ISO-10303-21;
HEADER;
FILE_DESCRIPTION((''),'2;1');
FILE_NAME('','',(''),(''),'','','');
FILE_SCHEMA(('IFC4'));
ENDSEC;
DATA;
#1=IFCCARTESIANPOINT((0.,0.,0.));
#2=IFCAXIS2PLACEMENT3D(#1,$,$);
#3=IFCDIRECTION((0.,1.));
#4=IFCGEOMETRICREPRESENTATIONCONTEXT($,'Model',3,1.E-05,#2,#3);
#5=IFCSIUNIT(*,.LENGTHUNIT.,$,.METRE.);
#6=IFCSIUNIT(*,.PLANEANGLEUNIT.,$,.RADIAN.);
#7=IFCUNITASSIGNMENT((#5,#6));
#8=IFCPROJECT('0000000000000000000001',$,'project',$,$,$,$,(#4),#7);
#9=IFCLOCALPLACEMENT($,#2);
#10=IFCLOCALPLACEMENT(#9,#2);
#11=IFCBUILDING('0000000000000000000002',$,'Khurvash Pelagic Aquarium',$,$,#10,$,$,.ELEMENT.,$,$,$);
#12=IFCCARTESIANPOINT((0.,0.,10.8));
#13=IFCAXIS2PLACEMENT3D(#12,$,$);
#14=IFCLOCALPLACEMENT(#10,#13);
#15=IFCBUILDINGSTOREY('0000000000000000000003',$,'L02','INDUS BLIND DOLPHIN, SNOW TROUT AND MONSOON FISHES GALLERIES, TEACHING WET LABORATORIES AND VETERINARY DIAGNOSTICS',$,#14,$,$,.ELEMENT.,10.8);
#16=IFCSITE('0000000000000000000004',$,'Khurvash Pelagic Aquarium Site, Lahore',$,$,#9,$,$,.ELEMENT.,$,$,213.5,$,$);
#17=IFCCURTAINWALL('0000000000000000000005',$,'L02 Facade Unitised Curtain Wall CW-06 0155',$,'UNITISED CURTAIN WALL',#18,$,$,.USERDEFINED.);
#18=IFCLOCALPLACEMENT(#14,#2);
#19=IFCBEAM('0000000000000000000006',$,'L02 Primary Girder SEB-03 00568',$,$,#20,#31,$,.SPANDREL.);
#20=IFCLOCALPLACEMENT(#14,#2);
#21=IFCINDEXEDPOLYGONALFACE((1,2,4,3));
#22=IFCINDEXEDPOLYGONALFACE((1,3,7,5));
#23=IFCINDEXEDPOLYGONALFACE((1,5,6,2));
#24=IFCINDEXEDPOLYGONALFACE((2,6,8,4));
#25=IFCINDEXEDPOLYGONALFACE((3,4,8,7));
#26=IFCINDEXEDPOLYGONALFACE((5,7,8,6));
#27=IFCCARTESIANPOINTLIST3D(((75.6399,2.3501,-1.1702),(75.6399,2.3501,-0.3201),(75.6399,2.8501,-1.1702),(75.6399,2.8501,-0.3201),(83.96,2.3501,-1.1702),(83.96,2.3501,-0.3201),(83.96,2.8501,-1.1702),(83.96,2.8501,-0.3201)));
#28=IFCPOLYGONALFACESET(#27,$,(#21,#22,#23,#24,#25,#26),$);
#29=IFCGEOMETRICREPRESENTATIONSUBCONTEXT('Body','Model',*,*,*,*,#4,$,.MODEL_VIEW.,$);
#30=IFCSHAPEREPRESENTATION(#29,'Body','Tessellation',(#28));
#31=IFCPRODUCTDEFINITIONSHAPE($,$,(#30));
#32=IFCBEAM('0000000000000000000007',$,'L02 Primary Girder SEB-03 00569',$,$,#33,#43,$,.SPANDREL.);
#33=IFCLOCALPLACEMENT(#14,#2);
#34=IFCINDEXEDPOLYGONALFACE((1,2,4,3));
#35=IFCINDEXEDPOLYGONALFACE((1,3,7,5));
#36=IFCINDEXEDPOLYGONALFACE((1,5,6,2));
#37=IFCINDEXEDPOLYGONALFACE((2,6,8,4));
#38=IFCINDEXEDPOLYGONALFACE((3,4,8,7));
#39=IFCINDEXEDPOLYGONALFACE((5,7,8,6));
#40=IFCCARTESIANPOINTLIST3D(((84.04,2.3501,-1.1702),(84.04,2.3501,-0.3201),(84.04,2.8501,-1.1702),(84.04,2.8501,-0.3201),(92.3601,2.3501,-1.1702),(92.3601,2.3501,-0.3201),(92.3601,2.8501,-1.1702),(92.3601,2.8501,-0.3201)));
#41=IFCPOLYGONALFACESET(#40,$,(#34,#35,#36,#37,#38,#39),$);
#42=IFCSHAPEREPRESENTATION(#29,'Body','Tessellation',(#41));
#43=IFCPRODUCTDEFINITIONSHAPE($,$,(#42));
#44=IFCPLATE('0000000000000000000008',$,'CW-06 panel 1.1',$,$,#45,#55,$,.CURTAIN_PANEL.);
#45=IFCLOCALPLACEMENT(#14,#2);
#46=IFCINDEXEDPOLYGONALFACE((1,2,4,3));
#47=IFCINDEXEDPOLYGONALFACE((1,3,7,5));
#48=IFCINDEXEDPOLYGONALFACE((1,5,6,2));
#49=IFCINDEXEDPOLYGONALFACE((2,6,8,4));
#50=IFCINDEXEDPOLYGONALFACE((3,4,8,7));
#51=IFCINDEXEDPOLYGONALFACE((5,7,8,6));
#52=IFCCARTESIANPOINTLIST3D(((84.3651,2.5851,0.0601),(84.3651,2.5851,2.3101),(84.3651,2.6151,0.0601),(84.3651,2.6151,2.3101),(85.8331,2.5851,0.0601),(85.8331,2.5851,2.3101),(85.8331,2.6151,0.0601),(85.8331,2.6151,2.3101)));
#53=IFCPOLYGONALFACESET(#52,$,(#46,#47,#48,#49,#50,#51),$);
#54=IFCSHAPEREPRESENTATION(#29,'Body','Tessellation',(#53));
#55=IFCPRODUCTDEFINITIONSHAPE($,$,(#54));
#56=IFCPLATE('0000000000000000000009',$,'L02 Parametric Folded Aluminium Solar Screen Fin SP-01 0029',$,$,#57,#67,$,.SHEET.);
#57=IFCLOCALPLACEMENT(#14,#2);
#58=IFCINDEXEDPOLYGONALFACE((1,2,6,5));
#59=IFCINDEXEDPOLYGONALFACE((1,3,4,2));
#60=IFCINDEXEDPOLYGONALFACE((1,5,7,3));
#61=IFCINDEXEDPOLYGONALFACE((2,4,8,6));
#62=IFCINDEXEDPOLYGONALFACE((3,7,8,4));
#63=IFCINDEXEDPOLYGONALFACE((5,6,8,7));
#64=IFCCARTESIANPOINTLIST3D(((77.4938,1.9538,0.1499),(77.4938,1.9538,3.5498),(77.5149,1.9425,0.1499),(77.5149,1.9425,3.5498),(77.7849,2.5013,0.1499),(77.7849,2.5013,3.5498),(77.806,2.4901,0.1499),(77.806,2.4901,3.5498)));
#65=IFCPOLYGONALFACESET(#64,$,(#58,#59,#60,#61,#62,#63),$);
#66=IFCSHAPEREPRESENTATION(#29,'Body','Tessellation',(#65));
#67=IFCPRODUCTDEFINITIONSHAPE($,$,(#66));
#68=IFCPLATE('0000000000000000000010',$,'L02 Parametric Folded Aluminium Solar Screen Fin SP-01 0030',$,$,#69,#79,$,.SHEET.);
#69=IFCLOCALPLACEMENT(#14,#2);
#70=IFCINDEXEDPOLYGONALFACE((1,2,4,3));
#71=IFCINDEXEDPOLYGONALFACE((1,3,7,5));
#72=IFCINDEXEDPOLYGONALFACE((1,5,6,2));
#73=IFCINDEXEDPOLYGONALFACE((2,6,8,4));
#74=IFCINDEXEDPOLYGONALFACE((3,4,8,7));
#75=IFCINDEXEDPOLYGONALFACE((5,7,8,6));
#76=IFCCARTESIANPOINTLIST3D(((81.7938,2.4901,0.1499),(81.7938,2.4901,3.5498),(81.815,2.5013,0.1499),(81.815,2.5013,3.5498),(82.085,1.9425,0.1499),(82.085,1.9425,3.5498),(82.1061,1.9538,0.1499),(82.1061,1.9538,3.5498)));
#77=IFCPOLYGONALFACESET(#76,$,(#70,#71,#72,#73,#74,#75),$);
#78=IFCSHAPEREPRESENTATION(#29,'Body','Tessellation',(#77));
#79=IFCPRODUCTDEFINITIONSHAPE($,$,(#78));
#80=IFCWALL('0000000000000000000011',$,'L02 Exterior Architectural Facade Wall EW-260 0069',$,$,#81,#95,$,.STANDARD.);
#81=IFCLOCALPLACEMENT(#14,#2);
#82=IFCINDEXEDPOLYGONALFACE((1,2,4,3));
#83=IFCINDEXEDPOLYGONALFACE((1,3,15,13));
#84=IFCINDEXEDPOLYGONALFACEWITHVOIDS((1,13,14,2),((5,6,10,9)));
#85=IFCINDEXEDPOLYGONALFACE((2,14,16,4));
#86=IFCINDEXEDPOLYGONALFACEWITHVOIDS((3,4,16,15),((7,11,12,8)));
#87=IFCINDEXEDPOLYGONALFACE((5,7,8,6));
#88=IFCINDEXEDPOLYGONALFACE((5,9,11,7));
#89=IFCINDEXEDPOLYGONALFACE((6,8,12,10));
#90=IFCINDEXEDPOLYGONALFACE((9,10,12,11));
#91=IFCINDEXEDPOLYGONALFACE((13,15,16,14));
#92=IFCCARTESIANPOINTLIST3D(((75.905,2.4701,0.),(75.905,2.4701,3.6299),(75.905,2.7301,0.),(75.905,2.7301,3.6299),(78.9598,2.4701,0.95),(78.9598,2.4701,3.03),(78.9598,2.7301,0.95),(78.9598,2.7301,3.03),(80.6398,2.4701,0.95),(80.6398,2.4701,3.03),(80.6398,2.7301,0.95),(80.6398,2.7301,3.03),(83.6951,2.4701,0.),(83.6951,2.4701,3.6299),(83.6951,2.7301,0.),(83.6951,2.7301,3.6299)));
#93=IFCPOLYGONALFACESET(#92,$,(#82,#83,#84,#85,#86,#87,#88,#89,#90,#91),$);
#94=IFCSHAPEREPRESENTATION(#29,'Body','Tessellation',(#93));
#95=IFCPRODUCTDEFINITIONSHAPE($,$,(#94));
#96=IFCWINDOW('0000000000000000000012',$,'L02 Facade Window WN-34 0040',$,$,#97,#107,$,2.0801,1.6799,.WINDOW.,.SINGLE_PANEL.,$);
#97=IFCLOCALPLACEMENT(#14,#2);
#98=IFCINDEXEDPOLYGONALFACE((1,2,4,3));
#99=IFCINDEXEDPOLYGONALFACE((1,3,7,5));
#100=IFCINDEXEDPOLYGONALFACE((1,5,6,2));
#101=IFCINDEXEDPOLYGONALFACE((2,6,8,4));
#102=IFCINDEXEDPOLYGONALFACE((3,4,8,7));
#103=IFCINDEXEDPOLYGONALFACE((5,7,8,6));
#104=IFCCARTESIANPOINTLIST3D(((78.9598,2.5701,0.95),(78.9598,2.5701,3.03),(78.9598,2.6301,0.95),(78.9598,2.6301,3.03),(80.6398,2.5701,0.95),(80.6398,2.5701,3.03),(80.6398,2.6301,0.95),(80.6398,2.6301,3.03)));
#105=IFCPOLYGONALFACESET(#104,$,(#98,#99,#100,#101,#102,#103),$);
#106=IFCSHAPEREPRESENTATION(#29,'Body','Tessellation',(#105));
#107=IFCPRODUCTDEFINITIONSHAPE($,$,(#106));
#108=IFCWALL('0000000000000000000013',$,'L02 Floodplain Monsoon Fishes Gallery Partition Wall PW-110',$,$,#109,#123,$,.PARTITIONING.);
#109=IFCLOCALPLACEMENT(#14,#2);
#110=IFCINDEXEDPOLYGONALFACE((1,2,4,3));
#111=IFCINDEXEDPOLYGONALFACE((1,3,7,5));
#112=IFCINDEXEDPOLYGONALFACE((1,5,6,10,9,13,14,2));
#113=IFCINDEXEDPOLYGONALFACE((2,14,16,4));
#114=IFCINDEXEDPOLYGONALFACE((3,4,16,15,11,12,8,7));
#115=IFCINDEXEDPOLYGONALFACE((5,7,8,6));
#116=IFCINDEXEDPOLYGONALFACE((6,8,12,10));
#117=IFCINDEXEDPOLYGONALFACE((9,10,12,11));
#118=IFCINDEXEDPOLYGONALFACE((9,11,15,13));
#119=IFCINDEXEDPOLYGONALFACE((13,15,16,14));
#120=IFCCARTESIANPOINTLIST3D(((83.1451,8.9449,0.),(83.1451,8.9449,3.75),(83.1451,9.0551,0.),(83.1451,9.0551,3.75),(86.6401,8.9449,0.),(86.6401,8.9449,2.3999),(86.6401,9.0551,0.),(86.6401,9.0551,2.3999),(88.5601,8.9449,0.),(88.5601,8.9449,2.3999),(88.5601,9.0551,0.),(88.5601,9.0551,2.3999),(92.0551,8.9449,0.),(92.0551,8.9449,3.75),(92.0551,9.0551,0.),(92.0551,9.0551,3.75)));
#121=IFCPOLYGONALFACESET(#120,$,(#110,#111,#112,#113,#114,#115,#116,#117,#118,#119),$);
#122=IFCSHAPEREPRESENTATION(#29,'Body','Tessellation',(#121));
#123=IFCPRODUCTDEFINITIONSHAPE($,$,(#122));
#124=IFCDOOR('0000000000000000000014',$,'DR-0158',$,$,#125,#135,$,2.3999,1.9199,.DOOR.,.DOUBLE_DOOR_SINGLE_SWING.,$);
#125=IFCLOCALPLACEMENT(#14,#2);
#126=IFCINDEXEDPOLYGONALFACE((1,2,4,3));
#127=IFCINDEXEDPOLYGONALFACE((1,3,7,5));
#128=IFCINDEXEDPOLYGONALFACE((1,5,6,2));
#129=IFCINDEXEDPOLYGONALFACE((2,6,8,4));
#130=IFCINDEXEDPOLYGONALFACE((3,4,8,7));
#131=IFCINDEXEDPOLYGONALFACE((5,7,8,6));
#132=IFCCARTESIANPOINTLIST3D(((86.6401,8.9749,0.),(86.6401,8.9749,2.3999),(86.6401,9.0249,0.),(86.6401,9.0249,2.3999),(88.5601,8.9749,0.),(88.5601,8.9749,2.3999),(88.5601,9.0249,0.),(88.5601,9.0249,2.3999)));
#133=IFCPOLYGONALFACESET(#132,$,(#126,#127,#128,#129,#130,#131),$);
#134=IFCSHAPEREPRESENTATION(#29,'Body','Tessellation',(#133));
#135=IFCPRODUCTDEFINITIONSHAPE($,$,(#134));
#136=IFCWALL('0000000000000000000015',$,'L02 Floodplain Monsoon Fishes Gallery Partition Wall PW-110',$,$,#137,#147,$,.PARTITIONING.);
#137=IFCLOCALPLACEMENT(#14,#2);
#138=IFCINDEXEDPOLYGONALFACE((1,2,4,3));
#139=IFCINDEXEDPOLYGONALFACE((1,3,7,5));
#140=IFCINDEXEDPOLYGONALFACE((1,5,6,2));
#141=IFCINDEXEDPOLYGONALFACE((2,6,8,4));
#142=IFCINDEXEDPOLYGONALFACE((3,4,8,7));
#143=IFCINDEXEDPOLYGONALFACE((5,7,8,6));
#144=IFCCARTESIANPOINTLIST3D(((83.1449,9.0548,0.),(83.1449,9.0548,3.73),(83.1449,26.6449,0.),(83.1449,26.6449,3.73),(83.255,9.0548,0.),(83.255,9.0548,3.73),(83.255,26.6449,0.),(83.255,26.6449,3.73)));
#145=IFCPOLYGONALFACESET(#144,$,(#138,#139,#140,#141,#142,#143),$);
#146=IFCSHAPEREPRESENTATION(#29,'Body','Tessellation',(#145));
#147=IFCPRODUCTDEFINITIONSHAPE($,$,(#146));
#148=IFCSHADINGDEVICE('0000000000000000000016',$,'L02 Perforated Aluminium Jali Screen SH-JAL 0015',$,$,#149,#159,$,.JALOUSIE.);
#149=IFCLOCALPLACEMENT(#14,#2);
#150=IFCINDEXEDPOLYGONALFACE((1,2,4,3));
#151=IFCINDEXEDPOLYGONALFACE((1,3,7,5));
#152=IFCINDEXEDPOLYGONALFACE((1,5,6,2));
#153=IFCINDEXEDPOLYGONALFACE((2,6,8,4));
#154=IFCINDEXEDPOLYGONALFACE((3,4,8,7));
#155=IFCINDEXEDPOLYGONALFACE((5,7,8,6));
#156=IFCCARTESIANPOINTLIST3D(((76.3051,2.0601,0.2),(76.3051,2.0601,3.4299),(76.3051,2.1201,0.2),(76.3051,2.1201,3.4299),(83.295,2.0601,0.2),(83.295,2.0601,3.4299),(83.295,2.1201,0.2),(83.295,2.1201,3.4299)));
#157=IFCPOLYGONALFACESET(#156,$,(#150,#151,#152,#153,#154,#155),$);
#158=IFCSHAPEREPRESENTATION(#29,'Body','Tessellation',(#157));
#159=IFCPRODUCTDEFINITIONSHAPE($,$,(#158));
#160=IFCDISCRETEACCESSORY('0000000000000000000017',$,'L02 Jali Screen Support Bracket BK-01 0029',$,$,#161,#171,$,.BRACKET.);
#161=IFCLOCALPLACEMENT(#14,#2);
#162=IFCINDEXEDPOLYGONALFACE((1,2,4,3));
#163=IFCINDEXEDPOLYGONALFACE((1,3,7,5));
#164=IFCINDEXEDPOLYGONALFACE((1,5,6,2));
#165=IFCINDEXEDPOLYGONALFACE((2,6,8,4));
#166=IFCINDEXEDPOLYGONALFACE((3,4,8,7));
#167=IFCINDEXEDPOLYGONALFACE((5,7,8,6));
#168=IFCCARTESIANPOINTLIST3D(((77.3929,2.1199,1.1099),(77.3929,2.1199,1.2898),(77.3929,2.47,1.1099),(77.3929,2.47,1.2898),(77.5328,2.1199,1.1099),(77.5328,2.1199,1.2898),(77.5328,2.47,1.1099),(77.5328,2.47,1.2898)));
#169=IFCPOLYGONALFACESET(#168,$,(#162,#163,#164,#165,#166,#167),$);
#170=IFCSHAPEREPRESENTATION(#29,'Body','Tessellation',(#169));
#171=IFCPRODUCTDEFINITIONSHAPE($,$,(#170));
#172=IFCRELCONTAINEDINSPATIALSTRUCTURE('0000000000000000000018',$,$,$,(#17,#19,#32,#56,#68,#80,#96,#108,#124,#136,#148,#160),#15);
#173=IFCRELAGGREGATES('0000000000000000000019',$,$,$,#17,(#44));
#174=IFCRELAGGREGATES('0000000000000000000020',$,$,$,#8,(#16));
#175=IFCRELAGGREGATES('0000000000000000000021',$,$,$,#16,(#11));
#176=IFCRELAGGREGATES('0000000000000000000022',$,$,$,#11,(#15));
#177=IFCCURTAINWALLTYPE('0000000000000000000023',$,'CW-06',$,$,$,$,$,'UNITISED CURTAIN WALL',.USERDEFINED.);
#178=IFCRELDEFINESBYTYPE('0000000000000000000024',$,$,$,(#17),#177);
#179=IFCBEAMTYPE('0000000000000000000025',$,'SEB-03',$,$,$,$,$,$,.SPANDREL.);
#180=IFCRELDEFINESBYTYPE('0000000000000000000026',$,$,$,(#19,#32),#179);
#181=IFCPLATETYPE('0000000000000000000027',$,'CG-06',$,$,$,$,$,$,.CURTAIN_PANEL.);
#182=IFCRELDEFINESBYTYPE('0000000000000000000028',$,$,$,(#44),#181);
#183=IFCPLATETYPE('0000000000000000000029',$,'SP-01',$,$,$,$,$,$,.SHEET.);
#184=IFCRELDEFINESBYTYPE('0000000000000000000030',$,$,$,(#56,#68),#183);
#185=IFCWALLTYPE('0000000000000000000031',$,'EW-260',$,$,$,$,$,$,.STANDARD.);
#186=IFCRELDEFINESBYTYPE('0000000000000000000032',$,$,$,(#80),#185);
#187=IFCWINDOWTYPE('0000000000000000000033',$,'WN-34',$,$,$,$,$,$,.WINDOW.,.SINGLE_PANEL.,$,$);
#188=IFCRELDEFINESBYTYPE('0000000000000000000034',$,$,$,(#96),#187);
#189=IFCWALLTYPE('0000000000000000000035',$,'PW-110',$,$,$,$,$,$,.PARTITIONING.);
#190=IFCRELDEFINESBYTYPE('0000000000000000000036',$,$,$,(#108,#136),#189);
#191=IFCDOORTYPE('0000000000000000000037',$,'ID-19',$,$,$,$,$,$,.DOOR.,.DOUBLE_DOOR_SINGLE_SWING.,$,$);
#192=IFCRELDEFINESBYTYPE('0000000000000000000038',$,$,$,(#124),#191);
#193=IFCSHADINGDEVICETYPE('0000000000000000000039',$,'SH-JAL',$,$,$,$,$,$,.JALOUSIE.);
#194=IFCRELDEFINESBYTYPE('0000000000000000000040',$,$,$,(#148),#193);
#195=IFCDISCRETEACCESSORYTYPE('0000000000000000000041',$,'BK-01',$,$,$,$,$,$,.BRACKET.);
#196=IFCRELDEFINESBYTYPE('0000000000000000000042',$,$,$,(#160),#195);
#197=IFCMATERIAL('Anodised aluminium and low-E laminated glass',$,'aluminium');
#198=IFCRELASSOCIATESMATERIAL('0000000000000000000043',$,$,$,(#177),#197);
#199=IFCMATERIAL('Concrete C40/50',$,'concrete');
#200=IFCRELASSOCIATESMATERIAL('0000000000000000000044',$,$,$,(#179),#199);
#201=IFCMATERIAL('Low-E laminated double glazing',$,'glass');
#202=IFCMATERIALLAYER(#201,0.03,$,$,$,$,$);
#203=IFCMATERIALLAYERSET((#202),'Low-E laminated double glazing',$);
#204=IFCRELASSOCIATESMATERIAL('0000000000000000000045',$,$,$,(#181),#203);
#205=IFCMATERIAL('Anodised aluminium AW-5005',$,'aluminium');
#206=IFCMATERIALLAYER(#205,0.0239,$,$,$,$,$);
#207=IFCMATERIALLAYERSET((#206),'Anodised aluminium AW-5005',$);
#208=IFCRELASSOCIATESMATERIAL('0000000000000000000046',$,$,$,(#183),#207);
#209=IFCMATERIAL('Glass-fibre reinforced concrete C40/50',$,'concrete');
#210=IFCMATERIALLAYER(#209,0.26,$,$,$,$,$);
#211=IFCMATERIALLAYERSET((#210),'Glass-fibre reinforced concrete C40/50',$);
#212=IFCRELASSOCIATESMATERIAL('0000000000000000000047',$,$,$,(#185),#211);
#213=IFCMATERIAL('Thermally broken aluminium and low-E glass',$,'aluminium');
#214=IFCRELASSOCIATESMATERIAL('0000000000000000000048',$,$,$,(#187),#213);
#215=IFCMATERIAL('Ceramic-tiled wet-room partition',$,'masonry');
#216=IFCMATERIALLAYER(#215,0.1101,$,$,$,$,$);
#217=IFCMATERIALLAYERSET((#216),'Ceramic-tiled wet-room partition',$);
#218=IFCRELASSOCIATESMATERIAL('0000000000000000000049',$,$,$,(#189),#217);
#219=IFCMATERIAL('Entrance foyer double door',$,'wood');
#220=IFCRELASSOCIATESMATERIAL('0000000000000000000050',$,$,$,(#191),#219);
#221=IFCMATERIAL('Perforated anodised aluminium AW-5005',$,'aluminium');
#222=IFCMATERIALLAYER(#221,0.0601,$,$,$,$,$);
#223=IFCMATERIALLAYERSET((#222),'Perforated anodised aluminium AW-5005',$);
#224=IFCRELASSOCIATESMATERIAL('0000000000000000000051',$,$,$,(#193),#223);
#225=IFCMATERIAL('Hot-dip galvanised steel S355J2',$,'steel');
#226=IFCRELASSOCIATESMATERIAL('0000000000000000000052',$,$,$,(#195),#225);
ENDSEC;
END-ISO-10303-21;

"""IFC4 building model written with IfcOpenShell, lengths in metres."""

from ifc_helpers import new_model, si_unit, direction, frame, frame_2d, origin, origin_2d, place, context, subcontext, project, spatial, rectangle, extrude, material, layer, layer_set, material_profile, profile_set, type_object, element, fill, aggregate, save


model = new_model("IFC4")

# Units and contexts
model_context = context("Model", 3, precision=1e-05, world=origin(), true_north=direction((0.0, 1.0)))
body_context = subcontext(model_context, "Body", "Model", "MODEL_VIEW")
ifc_project = project(units=[si_unit("LENGTHUNIT", "METRE"), si_unit("PLANEANGLEUNIT", "RADIAN")], contexts=[model_context])

# Site, building, storey
site_placement = place(None, origin())
site = spatial("IfcSite", under=ifc_project, at=site_placement, Name="Khurvash Pelagic Aquarium Site, Lahore", CompositionType="ELEMENT", RefElevation=213.5)
building_placement = place(site_placement, origin())
building = spatial("IfcBuilding", under=site, at=building_placement, Name="Khurvash Pelagic Aquarium", CompositionType="ELEMENT")
storey_placement = place(building_placement, frame((0.0, 0.0, 10.8)))
storey = spatial("IfcBuildingStorey", under=building, at=storey_placement, Name="L02", Description="INDUS BLIND DOLPHIN, SNOW TROUT AND MONSOON FISHES GALLERIES, TEACHING WET LABORATORIES AND VETERINARY DIAGNOSTICS", CompositionType="ELEMENT", Elevation=10.8)

# Shared definitions
ifc_material_1 = material(Name="Concrete C40/50", Category="concrete")

# Shared definitions
ifc_material_2 = material(Name="Anodised aluminium and low-E laminated glass", Category="aluminium")
curtain_wall_type = type_object("IfcCurtainWallType", Name="CW-06", ElementType="UNITISED CURTAIN WALL", PredefinedType="USERDEFINED", material=ifc_material_2)

# Curtain wall
curtain_wall_1_placement = place(storey_placement, origin())
curtain_wall_1 = element("IfcCurtainWall", 1, at=curtain_wall_1_placement, inside=storey, type_object=curtain_wall_type, Name="L02 Facade Unitised Curtain Wall CW-06 0155", ObjectType="UNITISED CURTAIN WALL", PredefinedType="USERDEFINED")

# Beams
ifc_material_profile_1 = material_profile(ifc_material_1, rectangle(XDim=0.5, YDim=0.8501, at=origin_2d()), Name="RC500X850")
ifc_profile_set_1 = profile_set([ifc_material_profile_1], Name="Concrete C40/50")
beam_type_1 = type_object("IfcBeamType", Name="SEB-03", PredefinedType="SPANDREL", material=ifc_profile_set_1)
for number, where, z_axis, x_axis, name in (
    (2, (75.6399, 2.6001, -0.7451), (1.0, 0.0, 0.0), (0.0, 1.0, 0.0), "L02 Primary Girder SEB-03 00568"),
    (3, (84.04, 2.6001, -0.7451), (1.0, 0.0, 0.0), (0.0, 1.0, 0.0), "L02 Primary Girder SEB-03 00569"),
):
    element("IfcBeam", number, at=place(storey_placement, frame(where, z_axis=z_axis, x_axis=x_axis)), inside=storey, type_object=beam_type_1, Name=name, PredefinedType="SPANDREL", context=body_context, shape_type="SweptSolid", body=[
        extrude(rectangle(XDim=0.5, YDim=0.8501, at=origin_2d()), origin(), (0.0, 0.0, 1.0), 8.3201),
    ])

# Plate
ifc_material_3 = material(Name="Low-E laminated double glazing", Category="glass")
ifc_layer_1 = layer(ifc_material_3, 0.03)
ifc_layer_set_1 = layer_set([ifc_layer_1], Name="Low-E laminated double glazing")
plate_type_1 = type_object("IfcPlateType", Name="CG-06", PredefinedType="CURTAIN_PANEL", material=ifc_layer_set_1)
plate_placement = place(storey_placement, frame((85.0991, 2.6001, 0.0601), z_axis=(0.0, 0.0, 1.0), x_axis=(1.0, 0.0, 0.0)))
plate = element("IfcPlate", 4, at=plate_placement, type_object=plate_type_1, Name="CW-06 panel 1.1", PredefinedType="CURTAIN_PANEL", context=body_context, shape_type="SweptSolid", body=[
    extrude(rectangle(XDim=1.468, YDim=0.03, at=origin_2d()), origin(), (0.0, 0.0, 1.0), 2.25),
])
aggregate(curtain_wall_1, [plate])

# Plates
ifc_material_4 = material(Name="Anodised aluminium AW-5005", Category="aluminium")
ifc_layer_2 = layer(ifc_material_4, 0.0239)
ifc_layer_set_2 = layer_set([ifc_layer_2], Name="Anodised aluminium AW-5005")
plate_type_2 = type_object("IfcPlateType", Name="SP-01", PredefinedType="SHEET", material=ifc_layer_set_2)
for number, where, z_axis, x_axis, name in (
    (5, (77.6499, 2.2219, 0.1499), (0.0, 0.0, 1.0), (-0.469472, -0.882948, 0.0), "L02 Parametric Folded Aluminium Solar Screen Fin SP-01 0029"),
    (6, (81.95, 2.2219, 0.1499), (0.0, 0.0, 1.0), (0.469472, -0.882948, 0.0), "L02 Parametric Folded Aluminium Solar Screen Fin SP-01 0030"),
):
    element("IfcPlate", number, at=place(storey_placement, frame(where, z_axis=z_axis, x_axis=x_axis)), inside=storey, type_object=plate_type_2, Name=name, PredefinedType="SHEET", context=body_context, shape_type="SweptSolid", body=[
        extrude(rectangle(XDim=0.6201, YDim=0.0239, at=origin_2d()), origin(), (0.0, 0.0, 1.0), 3.3999),
    ])

# Wall, opening, window
ifc_material_5 = material(Name="Glass-fibre reinforced concrete C40/50", Category="concrete")
ifc_layer_3 = layer(ifc_material_5, 0.26)
ifc_layer_set_3 = layer_set([ifc_layer_3], Name="Glass-fibre reinforced concrete C40/50")
wall_type_1 = type_object("IfcWallType", Name="EW-260", PredefinedType="STANDARD", material=ifc_layer_set_3)
wall_1_placement = place(storey_placement, frame((75.905, 2.6001, 0.0), z_axis=(0.0, 0.0, 1.0), x_axis=(1.0, 0.0, 0.0)))
wall_1 = element("IfcWall", 7, at=wall_1_placement, inside=storey, type_object=wall_type_1, Name="L02 Exterior Architectural Facade Wall EW-260 0069", PredefinedType="STANDARD", context=body_context, shape_type="SweptSolid", body=[
    extrude(rectangle(XDim=7.79, YDim=0.26, at=frame_2d((3.895, 0.0))), origin(), (0.0, 0.0, 1.0), 3.6299),
])
opening_1_placement = place(wall_1_placement, frame((3.0549, 0.0, 0.95)))
opening_1 = element("IfcOpeningElement", 8, at=opening_1_placement, cuts=wall_1, PredefinedType="OPENING", context=body_context, shape_type="SweptSolid", body=[
    extrude(rectangle(XDim=1.6799, YDim=2.0801, at=frame_2d((0.8398, 1.04))), frame((0.0, 0.1401, 0.0), z_axis=(0.0, -1.0, 0.0), x_axis=(1.0, 0.0, 0.0)), (0.0, 0.0, 1.0), 0.28),
])
ifc_material_6 = material(Name="Thermally broken aluminium and low-E glass", Category="aluminium")
window_type = type_object("IfcWindowType", Name="WN-34", PartitioningType="SINGLE_PANEL", PredefinedType="WINDOW", material=ifc_material_6)
window_placement = place(opening_1_placement, origin())
window = element("IfcWindow", 9, at=window_placement, inside=storey, type_object=window_type, Name="L02 Facade Window WN-34 0040", OverallHeight=2.0801, OverallWidth=1.6799, PartitioningType="SINGLE_PANEL", PredefinedType="WINDOW", context=body_context, shape_type="SweptSolid", body=[
    extrude(rectangle(XDim=1.6799, YDim=2.0801, at=frame_2d((0.8398, 1.04))), frame((0.0, 0.03, 0.0), z_axis=(0.0, -1.0, 0.0), x_axis=(1.0, 0.0, 0.0)), (0.0, 0.0, 1.0), 0.0601),
])
fill(opening_1, window)

# Wall, opening, door
ifc_material_7 = material(Name="Ceramic-tiled wet-room partition", Category="masonry")
ifc_layer_4 = layer(ifc_material_7, 0.1101)
ifc_layer_set_4 = layer_set([ifc_layer_4], Name="Ceramic-tiled wet-room partition")
wall_type_2 = type_object("IfcWallType", Name="PW-110", PredefinedType="PARTITIONING", material=ifc_layer_set_4)
wall_2_placement = place(storey_placement, frame((83.145, 9.0, 0.0), z_axis=(0.0, 0.0, 1.0), x_axis=(1.0, 0.0, 0.0)))
wall_2 = element("IfcWall", 10, at=wall_2_placement, inside=storey, type_object=wall_type_2, Name="L02 Floodplain Monsoon Fishes Gallery Partition Wall PW-110", PredefinedType="PARTITIONING", context=body_context, shape_type="SweptSolid", body=[
    extrude(rectangle(XDim=8.9099, YDim=0.1101, at=frame_2d((4.4551, 0.0))), origin(), (0.0, 0.0, 1.0), 3.75),
])
opening_2_placement = place(wall_2_placement, frame((3.4951, 0.0, 0.0)))
opening_2 = element("IfcOpeningElement", 11, at=opening_2_placement, cuts=wall_2, PredefinedType="OPENING", context=body_context, shape_type="SweptSolid", body=[
    extrude(rectangle(XDim=1.9199, YDim=2.3999, at=frame_2d((0.96, 1.2))), frame((0.0, 0.0649, 0.0), z_axis=(0.0, -1.0, 0.0), x_axis=(1.0, 0.0, 0.0)), (0.0, 0.0, 1.0), 0.1301),
])
ifc_material_8 = material(Name="Entrance foyer double door", Category="wood")
door_type = type_object("IfcDoorType", Name="ID-19", OperationType="DOUBLE_DOOR_SINGLE_SWING", PredefinedType="DOOR", material=ifc_material_8)
door_placement = place(opening_2_placement, origin())
door = element("IfcDoor", 12, at=door_placement, inside=storey, type_object=door_type, Name="DR-0158", OperationType="DOUBLE_DOOR_SINGLE_SWING", OverallHeight=2.3999, OverallWidth=1.9199, PredefinedType="DOOR", context=body_context, shape_type="SweptSolid", body=[
    extrude(rectangle(XDim=1.9199, YDim=2.3999, at=frame_2d((0.96, 1.2))), frame((0.0, 0.0249, 0.0), z_axis=(0.0, -1.0, 0.0), x_axis=(1.0, 0.0, 0.0)), (0.0, 0.0, 1.0), 0.05),
])
fill(opening_2, door)

# Wall
wall_3_placement = place(storey_placement, frame((83.2, 9.0549, 0.0), z_axis=(0.0, 0.0, 1.0), x_axis=(0.0, 1.0, 0.0)))
element("IfcWall", 13, at=wall_3_placement, inside=storey, type_object=wall_type_2, Name="L02 Floodplain Monsoon Fishes Gallery Partition Wall PW-110", PredefinedType="PARTITIONING", context=body_context, shape_type="SweptSolid", body=[
    extrude(rectangle(XDim=17.5901, YDim=0.1101, at=frame_2d((8.7949, 0.0))), origin(), (0.0, 0.0, 1.0), 3.73),
])

# Shading device
ifc_material_9 = material(Name="Perforated anodised aluminium AW-5005", Category="aluminium")
ifc_layer_5 = layer(ifc_material_9, 0.0601)
ifc_layer_set_5 = layer_set([ifc_layer_5], Name="Perforated anodised aluminium AW-5005")
shading_device_type = type_object("IfcShadingDeviceType", Name="SH-JAL", PredefinedType="JALOUSIE", material=ifc_layer_set_5)
shading_device_placement = place(storey_placement, frame((79.8, 2.0901, 0.2), z_axis=(0.0, 0.0, 1.0), x_axis=(1.0, 0.0, 0.0)))
element("IfcShadingDevice", 14, at=shading_device_placement, inside=storey, type_object=shading_device_type, Name="L02 Perforated Aluminium Jali Screen SH-JAL 0015", PredefinedType="JALOUSIE", context=body_context, shape_type="SweptSolid", body=[
    extrude(rectangle(XDim=6.99, YDim=0.0601, at=origin_2d()), origin(), (0.0, 0.0, 1.0), 3.23),
])

# Discrete accessory
ifc_material_10 = material(Name="Hot-dip galvanised steel S355J2", Category="steel")
discrete_accessory_type = type_object("IfcDiscreteAccessoryType", Name="BK-01", PredefinedType="BRACKET", material=ifc_material_10)
for number, where, z_axis, x_axis, name in (
    (15, (77.4629, 2.2949, 1.1099), (0.0, 0.0, 1.0), (1.0, 0.0, 0.0), "L02 Jali Screen Support Bracket BK-01 0029"),
):
    element("IfcDiscreteAccessory", number, at=place(storey_placement, frame(where, z_axis=z_axis, x_axis=x_axis)), inside=storey, type_object=discrete_accessory_type, Name=name, PredefinedType="BRACKET", context=body_context, shape_type="SweptSolid", body=[
        extrude(rectangle(XDim=0.1399, YDim=0.3501, at=origin_2d()), origin(), (0.0, 0.0, 1.0), 0.1799),
    ])

save(model, "model.ifc")
